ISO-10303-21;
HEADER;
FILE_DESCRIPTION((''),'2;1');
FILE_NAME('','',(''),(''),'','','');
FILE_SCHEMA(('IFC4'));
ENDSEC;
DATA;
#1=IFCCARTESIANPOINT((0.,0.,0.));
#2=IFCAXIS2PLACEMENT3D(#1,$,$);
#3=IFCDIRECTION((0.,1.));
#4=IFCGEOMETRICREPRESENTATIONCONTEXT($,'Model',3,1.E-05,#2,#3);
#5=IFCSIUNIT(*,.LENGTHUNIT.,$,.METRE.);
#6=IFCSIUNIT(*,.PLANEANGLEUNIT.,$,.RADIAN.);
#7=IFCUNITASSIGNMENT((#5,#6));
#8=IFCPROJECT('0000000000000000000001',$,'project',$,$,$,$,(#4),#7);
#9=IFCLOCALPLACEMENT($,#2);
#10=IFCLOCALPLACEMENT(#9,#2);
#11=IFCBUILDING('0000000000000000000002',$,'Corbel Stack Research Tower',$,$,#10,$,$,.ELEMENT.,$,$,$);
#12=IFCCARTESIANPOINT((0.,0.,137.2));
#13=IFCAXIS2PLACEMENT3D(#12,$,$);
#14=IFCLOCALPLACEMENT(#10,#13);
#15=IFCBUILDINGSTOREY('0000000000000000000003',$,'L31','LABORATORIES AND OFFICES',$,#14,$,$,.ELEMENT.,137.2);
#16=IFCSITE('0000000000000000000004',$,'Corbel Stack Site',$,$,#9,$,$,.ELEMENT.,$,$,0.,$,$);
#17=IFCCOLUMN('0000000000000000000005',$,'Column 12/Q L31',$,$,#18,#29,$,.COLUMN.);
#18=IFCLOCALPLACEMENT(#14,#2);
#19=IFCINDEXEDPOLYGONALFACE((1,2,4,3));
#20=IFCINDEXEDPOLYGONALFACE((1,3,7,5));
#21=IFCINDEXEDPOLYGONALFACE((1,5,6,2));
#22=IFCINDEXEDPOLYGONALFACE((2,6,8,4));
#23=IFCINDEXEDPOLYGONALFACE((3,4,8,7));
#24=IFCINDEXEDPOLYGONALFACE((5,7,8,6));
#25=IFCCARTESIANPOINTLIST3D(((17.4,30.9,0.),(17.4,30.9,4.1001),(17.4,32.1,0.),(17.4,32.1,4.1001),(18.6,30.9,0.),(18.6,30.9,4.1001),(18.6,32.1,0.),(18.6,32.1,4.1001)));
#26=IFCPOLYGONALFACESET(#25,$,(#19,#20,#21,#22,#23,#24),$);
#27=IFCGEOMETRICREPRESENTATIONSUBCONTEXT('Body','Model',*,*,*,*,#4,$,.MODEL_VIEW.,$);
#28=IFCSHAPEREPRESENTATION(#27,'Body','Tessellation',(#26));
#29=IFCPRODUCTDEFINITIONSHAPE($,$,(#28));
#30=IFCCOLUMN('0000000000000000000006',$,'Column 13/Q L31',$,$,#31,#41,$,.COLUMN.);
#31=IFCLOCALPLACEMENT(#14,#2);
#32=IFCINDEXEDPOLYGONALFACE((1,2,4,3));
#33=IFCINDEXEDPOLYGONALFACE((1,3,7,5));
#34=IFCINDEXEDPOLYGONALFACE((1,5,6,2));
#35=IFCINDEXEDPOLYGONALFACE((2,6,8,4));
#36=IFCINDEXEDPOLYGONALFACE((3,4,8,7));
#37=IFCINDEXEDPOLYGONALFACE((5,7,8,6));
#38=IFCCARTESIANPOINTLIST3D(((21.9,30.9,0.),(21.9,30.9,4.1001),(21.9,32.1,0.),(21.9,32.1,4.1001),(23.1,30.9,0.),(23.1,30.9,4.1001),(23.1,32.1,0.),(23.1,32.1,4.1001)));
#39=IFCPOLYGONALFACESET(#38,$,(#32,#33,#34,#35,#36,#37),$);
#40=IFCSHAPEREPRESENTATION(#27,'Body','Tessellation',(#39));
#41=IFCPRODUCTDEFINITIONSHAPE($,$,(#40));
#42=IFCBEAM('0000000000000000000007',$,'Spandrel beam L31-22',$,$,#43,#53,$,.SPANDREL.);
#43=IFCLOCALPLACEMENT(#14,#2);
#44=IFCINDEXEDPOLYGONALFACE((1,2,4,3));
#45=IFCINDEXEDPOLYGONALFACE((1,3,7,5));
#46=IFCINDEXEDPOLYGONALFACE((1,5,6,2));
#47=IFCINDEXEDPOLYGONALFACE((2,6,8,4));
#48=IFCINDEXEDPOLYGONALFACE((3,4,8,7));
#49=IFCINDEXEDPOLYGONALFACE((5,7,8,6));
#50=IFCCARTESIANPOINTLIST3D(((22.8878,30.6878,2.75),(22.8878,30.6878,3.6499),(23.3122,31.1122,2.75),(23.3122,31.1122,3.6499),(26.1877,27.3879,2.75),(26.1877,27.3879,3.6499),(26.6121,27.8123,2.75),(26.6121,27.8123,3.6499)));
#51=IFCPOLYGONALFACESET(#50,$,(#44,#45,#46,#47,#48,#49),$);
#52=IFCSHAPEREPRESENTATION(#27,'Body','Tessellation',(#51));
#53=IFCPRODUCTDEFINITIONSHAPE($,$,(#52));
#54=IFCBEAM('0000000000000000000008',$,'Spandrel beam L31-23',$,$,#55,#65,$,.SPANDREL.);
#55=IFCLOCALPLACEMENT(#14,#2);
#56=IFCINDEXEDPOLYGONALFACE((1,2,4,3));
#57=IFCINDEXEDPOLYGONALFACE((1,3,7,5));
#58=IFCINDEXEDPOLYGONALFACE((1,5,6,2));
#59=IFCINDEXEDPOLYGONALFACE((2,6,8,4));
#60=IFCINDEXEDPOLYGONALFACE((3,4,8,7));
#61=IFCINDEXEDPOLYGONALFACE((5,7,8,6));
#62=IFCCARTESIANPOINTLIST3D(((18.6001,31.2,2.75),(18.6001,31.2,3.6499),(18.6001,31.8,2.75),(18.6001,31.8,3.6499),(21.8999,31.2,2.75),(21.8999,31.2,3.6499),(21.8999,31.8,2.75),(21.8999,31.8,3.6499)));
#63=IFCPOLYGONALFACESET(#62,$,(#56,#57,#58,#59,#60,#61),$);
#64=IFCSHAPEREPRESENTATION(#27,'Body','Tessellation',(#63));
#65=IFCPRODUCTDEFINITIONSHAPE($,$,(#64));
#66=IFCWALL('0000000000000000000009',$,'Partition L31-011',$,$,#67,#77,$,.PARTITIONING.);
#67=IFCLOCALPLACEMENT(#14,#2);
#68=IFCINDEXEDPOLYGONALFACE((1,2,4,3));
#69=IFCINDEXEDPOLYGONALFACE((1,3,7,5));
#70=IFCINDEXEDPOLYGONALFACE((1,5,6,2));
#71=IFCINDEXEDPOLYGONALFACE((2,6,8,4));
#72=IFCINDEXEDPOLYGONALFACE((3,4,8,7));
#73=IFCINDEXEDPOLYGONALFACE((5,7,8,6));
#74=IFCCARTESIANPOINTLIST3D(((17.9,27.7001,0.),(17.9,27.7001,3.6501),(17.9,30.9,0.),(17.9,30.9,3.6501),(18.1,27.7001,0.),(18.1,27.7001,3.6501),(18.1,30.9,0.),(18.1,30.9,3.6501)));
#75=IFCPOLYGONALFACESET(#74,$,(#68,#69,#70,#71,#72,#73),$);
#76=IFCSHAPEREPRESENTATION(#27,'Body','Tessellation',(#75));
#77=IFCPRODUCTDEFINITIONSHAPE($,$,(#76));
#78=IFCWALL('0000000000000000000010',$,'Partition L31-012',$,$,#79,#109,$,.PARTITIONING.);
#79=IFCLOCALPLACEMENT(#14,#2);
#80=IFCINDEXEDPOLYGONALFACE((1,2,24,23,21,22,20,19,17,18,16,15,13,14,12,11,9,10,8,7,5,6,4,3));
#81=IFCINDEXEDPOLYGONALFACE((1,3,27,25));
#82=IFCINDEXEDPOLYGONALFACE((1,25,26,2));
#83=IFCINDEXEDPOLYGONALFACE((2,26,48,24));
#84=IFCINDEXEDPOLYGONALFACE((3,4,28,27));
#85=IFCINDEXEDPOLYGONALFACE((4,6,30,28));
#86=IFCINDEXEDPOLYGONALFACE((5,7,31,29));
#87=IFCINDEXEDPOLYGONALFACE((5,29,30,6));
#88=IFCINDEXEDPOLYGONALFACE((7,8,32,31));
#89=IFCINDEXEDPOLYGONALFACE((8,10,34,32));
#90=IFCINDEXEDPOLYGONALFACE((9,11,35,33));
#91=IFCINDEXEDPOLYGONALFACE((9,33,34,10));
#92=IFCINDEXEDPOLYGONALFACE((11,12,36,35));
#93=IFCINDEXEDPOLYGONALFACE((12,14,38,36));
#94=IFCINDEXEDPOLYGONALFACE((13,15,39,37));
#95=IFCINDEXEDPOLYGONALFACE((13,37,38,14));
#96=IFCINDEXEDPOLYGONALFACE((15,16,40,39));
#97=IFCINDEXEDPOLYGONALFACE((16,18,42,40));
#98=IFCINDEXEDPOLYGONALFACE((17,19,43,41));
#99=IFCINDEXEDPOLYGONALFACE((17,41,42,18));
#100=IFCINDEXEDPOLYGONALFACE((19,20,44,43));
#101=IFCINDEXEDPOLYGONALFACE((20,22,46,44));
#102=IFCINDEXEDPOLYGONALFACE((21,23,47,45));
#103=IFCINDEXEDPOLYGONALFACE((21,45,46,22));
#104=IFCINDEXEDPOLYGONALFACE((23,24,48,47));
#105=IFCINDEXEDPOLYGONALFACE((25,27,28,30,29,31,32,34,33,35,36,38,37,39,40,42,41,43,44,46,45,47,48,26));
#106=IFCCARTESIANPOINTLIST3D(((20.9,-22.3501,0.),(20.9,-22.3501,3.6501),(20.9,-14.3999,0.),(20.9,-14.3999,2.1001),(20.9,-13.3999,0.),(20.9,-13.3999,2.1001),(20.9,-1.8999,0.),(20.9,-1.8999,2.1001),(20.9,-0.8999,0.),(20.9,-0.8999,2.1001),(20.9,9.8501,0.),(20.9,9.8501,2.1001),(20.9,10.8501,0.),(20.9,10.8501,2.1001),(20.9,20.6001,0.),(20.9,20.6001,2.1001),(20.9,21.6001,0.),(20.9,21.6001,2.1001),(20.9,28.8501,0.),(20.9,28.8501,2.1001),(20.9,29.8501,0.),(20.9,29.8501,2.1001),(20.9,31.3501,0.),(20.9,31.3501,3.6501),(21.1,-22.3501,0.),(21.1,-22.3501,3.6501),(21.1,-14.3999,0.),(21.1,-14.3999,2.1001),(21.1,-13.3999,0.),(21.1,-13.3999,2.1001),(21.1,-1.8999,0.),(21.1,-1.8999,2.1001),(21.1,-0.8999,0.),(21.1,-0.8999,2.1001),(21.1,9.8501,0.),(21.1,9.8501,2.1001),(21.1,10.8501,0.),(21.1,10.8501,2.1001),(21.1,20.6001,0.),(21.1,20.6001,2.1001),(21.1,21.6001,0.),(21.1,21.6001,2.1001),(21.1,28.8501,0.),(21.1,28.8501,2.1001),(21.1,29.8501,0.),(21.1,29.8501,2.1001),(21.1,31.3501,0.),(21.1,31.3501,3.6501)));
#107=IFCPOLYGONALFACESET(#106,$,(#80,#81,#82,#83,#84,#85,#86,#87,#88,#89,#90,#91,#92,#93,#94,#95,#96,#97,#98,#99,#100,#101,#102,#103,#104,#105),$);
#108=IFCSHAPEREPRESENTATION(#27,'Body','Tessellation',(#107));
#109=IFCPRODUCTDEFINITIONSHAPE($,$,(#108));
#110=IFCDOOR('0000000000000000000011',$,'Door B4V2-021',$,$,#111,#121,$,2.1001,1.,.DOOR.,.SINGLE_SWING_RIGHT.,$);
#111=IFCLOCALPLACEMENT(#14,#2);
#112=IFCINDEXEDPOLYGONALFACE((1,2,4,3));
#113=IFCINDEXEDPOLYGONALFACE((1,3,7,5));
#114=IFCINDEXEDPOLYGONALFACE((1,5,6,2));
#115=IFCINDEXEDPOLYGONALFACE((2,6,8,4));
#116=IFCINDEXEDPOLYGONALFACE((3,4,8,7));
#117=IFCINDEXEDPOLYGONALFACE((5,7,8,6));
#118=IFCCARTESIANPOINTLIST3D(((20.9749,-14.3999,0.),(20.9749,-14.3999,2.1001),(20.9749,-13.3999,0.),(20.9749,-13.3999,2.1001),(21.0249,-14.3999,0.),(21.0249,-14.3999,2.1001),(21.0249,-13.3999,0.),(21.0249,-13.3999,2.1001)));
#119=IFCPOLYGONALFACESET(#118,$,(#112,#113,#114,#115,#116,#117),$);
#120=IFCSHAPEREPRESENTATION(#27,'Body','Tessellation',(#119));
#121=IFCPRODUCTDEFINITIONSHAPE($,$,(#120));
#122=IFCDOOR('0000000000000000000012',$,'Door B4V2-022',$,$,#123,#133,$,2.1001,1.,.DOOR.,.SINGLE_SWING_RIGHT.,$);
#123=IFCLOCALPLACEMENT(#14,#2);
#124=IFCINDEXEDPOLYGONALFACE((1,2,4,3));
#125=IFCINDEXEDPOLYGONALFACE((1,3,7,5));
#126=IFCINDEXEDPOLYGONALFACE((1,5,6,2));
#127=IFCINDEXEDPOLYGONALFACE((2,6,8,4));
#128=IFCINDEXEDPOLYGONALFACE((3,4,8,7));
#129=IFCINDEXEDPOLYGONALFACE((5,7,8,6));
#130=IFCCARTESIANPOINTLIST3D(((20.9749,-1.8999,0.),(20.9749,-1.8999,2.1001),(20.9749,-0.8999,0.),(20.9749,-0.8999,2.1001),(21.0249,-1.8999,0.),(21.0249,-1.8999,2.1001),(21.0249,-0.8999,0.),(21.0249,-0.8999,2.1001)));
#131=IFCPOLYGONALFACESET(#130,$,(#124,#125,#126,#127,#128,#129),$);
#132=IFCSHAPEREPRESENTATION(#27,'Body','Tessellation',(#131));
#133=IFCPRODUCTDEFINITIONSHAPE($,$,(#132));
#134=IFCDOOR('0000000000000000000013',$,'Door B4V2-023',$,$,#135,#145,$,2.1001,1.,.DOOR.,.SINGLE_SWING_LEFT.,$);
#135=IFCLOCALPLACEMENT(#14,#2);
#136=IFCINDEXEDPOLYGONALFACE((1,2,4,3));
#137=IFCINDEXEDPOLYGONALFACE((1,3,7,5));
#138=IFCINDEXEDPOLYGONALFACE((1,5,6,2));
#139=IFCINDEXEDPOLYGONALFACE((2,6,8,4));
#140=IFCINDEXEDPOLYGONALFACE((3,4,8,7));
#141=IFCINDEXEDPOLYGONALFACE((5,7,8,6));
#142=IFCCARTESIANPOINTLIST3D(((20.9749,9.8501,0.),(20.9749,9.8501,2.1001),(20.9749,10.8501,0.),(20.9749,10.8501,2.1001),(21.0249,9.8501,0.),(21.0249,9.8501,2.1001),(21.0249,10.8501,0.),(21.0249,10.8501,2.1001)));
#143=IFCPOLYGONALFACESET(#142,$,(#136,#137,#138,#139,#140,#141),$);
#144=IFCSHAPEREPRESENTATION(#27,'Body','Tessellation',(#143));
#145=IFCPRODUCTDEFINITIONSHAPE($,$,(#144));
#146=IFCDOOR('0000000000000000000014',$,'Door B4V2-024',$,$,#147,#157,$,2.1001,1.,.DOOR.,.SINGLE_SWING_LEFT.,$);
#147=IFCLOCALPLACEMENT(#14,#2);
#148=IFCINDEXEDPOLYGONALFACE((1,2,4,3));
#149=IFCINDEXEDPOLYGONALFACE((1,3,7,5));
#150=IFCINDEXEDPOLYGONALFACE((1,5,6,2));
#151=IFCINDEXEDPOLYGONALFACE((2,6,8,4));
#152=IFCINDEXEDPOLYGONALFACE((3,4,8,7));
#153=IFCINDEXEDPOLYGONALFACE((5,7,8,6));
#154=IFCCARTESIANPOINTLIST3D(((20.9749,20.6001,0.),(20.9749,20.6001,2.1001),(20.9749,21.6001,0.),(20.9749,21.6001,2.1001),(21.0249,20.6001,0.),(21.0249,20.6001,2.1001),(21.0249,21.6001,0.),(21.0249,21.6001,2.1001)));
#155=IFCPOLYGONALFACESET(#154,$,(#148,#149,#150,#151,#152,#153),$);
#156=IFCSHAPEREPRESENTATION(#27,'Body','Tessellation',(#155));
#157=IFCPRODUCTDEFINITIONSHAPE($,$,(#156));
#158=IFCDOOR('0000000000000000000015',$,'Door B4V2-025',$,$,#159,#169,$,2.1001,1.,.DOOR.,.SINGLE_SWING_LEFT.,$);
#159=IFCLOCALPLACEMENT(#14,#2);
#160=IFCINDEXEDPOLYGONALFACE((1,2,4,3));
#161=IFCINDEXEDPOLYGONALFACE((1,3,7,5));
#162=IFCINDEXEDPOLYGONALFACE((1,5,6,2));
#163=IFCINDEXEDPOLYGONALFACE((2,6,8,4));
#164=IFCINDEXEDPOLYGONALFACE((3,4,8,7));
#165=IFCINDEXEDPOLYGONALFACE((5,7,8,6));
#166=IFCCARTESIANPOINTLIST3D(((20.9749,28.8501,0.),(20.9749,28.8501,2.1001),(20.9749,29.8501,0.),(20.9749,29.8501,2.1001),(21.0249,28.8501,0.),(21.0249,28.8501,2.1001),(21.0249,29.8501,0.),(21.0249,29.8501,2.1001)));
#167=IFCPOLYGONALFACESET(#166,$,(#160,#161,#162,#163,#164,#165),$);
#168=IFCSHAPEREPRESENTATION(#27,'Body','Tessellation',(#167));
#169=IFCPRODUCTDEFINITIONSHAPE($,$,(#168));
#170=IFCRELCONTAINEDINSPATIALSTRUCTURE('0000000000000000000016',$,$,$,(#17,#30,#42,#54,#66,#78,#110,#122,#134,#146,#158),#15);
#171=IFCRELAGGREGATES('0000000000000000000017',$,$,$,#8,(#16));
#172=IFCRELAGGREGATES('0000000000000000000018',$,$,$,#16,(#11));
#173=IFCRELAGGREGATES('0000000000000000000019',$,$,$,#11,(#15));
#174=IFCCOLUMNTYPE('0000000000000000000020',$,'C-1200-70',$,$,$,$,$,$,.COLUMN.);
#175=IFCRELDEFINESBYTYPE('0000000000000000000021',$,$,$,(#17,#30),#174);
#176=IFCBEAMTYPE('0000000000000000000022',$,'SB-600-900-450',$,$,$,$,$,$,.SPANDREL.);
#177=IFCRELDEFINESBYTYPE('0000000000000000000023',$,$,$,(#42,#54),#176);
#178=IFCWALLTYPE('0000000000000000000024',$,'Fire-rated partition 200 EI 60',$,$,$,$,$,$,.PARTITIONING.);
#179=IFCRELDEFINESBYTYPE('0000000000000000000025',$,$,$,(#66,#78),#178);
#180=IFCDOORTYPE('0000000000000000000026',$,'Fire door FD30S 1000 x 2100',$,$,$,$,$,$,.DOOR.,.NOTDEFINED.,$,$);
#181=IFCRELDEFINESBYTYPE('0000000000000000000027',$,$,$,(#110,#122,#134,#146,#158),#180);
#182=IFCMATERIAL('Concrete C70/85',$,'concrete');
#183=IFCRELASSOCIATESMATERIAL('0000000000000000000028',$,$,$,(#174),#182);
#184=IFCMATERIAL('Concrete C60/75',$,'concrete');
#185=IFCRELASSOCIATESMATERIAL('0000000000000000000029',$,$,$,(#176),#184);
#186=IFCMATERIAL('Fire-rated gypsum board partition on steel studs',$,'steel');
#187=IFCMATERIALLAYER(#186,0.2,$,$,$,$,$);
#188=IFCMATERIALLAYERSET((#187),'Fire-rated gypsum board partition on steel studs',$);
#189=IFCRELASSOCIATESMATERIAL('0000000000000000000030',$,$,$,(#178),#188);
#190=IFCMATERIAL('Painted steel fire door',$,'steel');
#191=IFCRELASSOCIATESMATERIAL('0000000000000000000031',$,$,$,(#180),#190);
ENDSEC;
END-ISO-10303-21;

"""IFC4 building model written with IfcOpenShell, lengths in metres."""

from ifc_helpers import new_model, si_unit, direction, frame, frame_2d, origin, origin_2d, place, context, subcontext, project, spatial, rectangle, extrude, material, layer, layer_set, material_profile, profile_set, type_object, element, fill, save


model = new_model("IFC4")

# Units and contexts
model_context = context("Model", 3, precision=1e-05, world=origin(), true_north=direction((0.0, 1.0)))
body_context = subcontext(model_context, "Body", "Model", "MODEL_VIEW")
ifc_project = project(units=[si_unit("LENGTHUNIT", "METRE"), si_unit("PLANEANGLEUNIT", "RADIAN")], contexts=[model_context])

# Site, building, storey
site_placement = place(None, origin())
site = spatial("IfcSite", under=ifc_project, at=site_placement, Name="Corbel Stack Site", CompositionType="ELEMENT", RefElevation=0.0)
building_placement = place(site_placement, origin())
building = spatial("IfcBuilding", under=site, at=building_placement, Name="Corbel Stack Research Tower", CompositionType="ELEMENT")
storey_placement = place(building_placement, frame((0.0, 0.0, 137.2)))
storey = spatial("IfcBuildingStorey", under=building, at=storey_placement, Name="L31", Description="LABORATORIES AND OFFICES", CompositionType="ELEMENT", Elevation=137.2)

# Columns
ifc_material_1 = material(Name="Concrete C70/85", Category="concrete")
ifc_material_profile_1 = material_profile(ifc_material_1, rectangle(XDim=1.2, YDim=1.2, at=origin_2d()), Name="RC 1200 x 1200")
ifc_profile_set_1 = profile_set([ifc_material_profile_1], Name="Concrete C70/85")
column_type = type_object("IfcColumnType", Name="C-1200-70", PredefinedType="COLUMN", material=ifc_profile_set_1)
for number, where, z_axis, x_axis, name in (
    (1, (18.0, 31.5, 0.0), (0.0, 0.0, 1.0), (1.0, 0.0, 0.0), "Column 12/Q L31"),
    (2, (22.5, 31.5, 0.0), (0.0, 0.0, 1.0), (1.0, 0.0, 0.0), "Column 13/Q L31"),
):
    element("IfcColumn", number, at=place(storey_placement, frame(where, z_axis=z_axis, x_axis=x_axis)), inside=storey, type_object=column_type, Name=name, PredefinedType="COLUMN", context=body_context, shape_type="SweptSolid", body=[
        extrude(rectangle(XDim=1.2, YDim=1.2, at=origin_2d()), origin(), (0.0, 0.0, 1.0), 4.1001),
    ])

# Beams
ifc_material_2 = material(Name="Concrete C60/75", Category="concrete")
ifc_material_profile_2 = material_profile(ifc_material_2, rectangle(XDim=0.6001, YDim=0.8999, at=origin_2d()), Name="RC 600 x 900")
ifc_profile_set_2 = profile_set([ifc_material_profile_2], Name="Concrete C60/75")
beam_type = type_object("IfcBeamType", Name="SB-600-900-450", PredefinedType="SPANDREL", material=ifc_profile_set_2)
beam_1_placement = place(storey_placement, frame((26.3999, 27.6001, 3.2), z_axis=(-0.707107, 0.707107, 0.0), x_axis=(-0.707107, -0.707107, 0.0)))
element("IfcBeam", 3, at=beam_1_placement, inside=storey, type_object=beam_type, Name="Spandrel beam L31-22", PredefinedType="SPANDREL", context=body_context, shape_type="SweptSolid", body=[
    extrude(rectangle(XDim=0.6001, YDim=0.8999, at=origin_2d()), origin(), (0.0, 0.0, 1.0), 4.6667),
])
beam_2_placement = place(storey_placement, frame((21.8999, 31.5, 3.2), z_axis=(-1.0, 0.0, 0.0), x_axis=(0.0, -1.0, 0.0)))
element("IfcBeam", 4, at=beam_2_placement, inside=storey, type_object=beam_type, Name="Spandrel beam L31-23", PredefinedType="SPANDREL", context=body_context, shape_type="SweptSolid", body=[
    extrude(rectangle(XDim=0.6001, YDim=0.8999, at=origin_2d()), origin(), (0.0, 0.0, 1.0), 3.2998),
])

# Wall
ifc_material_3 = material(Name="Fire-rated gypsum board partition on steel studs", Category="steel")
ifc_layer_1 = layer(ifc_material_3, 0.2)
ifc_layer_set_1 = layer_set([ifc_layer_1], Name="Fire-rated gypsum board partition on steel studs")
wall_type_1 = type_object("IfcWallType", Name="Fire-rated partition 200 EI 60", PredefinedType="PARTITIONING", material=ifc_layer_set_1)
wall_1_placement = place(storey_placement, frame((18.0, 27.7, 0.0), z_axis=(0.0, 0.0, 1.0), x_axis=(0.0, 1.0, 0.0)))
element("IfcWall", 5, at=wall_1_placement, inside=storey, type_object=wall_type_1, Name="Partition L31-011", PredefinedType="PARTITIONING", context=body_context, shape_type="SweptSolid", body=[
    extrude(rectangle(XDim=3.2, YDim=0.2, at=frame_2d((1.6001, 0.0))), origin(), (0.0, 0.0, 1.0), 3.6501),
])

# Wall, openings, doors
wall_2_placement = place(storey_placement, frame((21.0, 31.3501, 0.0), z_axis=(0.0, 0.0, 1.0), x_axis=(0.0, -1.0, 0.0)))
wall_2 = element("IfcWall", 6, at=wall_2_placement, inside=storey, type_object=wall_type_1, Name="Partition L31-012", PredefinedType="PARTITIONING", context=body_context, shape_type="SweptSolid", body=[
    extrude(rectangle(XDim=53.7002, YDim=0.2, at=frame_2d((26.8501, 0.0))), origin(), (0.0, 0.0, 1.0), 3.6501),
])
opening_1_placement = place(wall_2_placement, frame((44.75, 0.0, 0.0)))
opening_1 = element("IfcOpeningElement", 7, at=opening_1_placement, cuts=wall_2, PredefinedType="OPENING", context=body_context, shape_type="SweptSolid", body=[
    extrude(rectangle(XDim=1.0, YDim=2.1001, at=frame_2d((0.5, 1.05))), frame((0.0, 0.1099, 0.0), z_axis=(0.0, -1.0, 0.0), x_axis=(1.0, 0.0, 0.0)), (0.0, 0.0, 1.0), 0.22),
])
opening_2_placement = place(wall_2_placement, frame((32.25, 0.0, 0.0)))
opening_2 = element("IfcOpeningElement", 8, at=opening_2_placement, cuts=wall_2, PredefinedType="OPENING", context=body_context, shape_type="SweptSolid", body=[
    extrude(rectangle(XDim=1.0, YDim=2.1001, at=frame_2d((0.5, 1.05))), frame((0.0, 0.1099, 0.0), z_axis=(0.0, -1.0, 0.0), x_axis=(1.0, 0.0, 0.0)), (0.0, 0.0, 1.0), 0.22),
])
opening_3_placement = place(wall_2_placement, frame((20.5, 0.0, 0.0)))
opening_3 = element("IfcOpeningElement", 9, at=opening_3_placement, cuts=wall_2, PredefinedType="OPENING", context=body_context, shape_type="SweptSolid", body=[
    extrude(rectangle(XDim=1.0, YDim=2.1001, at=frame_2d((0.5, 1.05))), frame((0.0, 0.1099, 0.0), z_axis=(0.0, -1.0, 0.0), x_axis=(1.0, 0.0, 0.0)), (0.0, 0.0, 1.0), 0.22),
])
opening_4_placement = place(wall_2_placement, frame((9.75, 0.0, 0.0)))
opening_4 = element("IfcOpeningElement", 10, at=opening_4_placement, cuts=wall_2, PredefinedType="OPENING", context=body_context, shape_type="SweptSolid", body=[
    extrude(rectangle(XDim=1.0, YDim=2.1001, at=frame_2d((0.5, 1.05))), frame((0.0, 0.1099, 0.0), z_axis=(0.0, -1.0, 0.0), x_axis=(1.0, 0.0, 0.0)), (0.0, 0.0, 1.0), 0.22),
])
opening_5_placement = place(wall_2_placement, frame((1.5, 0.0, 0.0)))
opening_5 = element("IfcOpeningElement", 11, at=opening_5_placement, cuts=wall_2, PredefinedType="OPENING", context=body_context, shape_type="SweptSolid", body=[
    extrude(rectangle(XDim=1.0, YDim=2.1001, at=frame_2d((0.5, 1.05))), frame((0.0, 0.1099, 0.0), z_axis=(0.0, -1.0, 0.0), x_axis=(1.0, 0.0, 0.0)), (0.0, 0.0, 1.0), 0.22),
])
ifc_material_4 = material(Name="Painted steel fire door", Category="steel")
door_type_1 = type_object("IfcDoorType", Name="Fire door FD30S 1000 x 2100", OperationType="NOTDEFINED", PredefinedType="DOOR", material=ifc_material_4)
door_1_placement = place(opening_1_placement, origin())
door_1 = element("IfcDoor", 12, at=door_1_placement, inside=storey, type_object=door_type_1, Name="Door B4V2-021", OperationType="SINGLE_SWING_RIGHT", OverallHeight=2.1001, OverallWidth=1.0, PredefinedType="DOOR", context=body_context, shape_type="SweptSolid", body=[
    extrude(rectangle(XDim=1.0, YDim=2.1001, at=frame_2d((0.5, 1.05))), frame((0.0, 0.0249, 0.0), z_axis=(0.0, -1.0, 0.0), x_axis=(1.0, 0.0, 0.0)), (0.0, 0.0, 1.0), 0.05),
])
fill(opening_1, door_1)
door_2_placement = place(opening_2_placement, origin())
door_2 = element("IfcDoor", 13, at=door_2_placement, inside=storey, type_object=door_type_1, Name="Door B4V2-022", OperationType="SINGLE_SWING_RIGHT", OverallHeight=2.1001, OverallWidth=1.0, PredefinedType="DOOR", context=body_context, shape_type="SweptSolid", body=[
    extrude(rectangle(XDim=1.0, YDim=2.1001, at=frame_2d((0.5, 1.05))), frame((0.0, 0.0249, 0.0), z_axis=(0.0, -1.0, 0.0), x_axis=(1.0, 0.0, 0.0)), (0.0, 0.0, 1.0), 0.05),
])
fill(opening_2, door_2)
door_3_placement = place(opening_3_placement, origin())
door_3 = element("IfcDoor", 14, at=door_3_placement, inside=storey, type_object=door_type_1, Name="Door B4V2-023", OperationType="SINGLE_SWING_LEFT", OverallHeight=2.1001, OverallWidth=1.0, PredefinedType="DOOR", context=body_context, shape_type="SweptSolid", body=[
    extrude(rectangle(XDim=1.0, YDim=2.1001, at=frame_2d((0.5, 1.05))), frame((0.0, 0.0249, 0.0), z_axis=(0.0, -1.0, 0.0), x_axis=(1.0, 0.0, 0.0)), (0.0, 0.0, 1.0), 0.05),
])
fill(opening_3, door_3)
door_4_placement = place(opening_4_placement, origin())
door_4 = element("IfcDoor", 15, at=door_4_placement, inside=storey, type_object=door_type_1, Name="Door B4V2-024", OperationType="SINGLE_SWING_LEFT", OverallHeight=2.1001, OverallWidth=1.0, PredefinedType="DOOR", context=body_context, shape_type="SweptSolid", body=[
    extrude(rectangle(XDim=1.0, YDim=2.1001, at=frame_2d((0.5, 1.05))), frame((0.0, 0.0249, 0.0), z_axis=(0.0, -1.0, 0.0), x_axis=(1.0, 0.0, 0.0)), (0.0, 0.0, 1.0), 0.05),
])
fill(opening_4, door_4)
door_5_placement = place(opening_5_placement, origin())
door_5 = element("IfcDoor", 16, at=door_5_placement, inside=storey, type_object=door_type_1, Name="Door B4V2-025", OperationType="SINGLE_SWING_LEFT", OverallHeight=2.1001, OverallWidth=1.0, PredefinedType="DOOR", context=body_context, shape_type="SweptSolid", body=[
    extrude(rectangle(XDim=1.0, YDim=2.1001, at=frame_2d((0.5, 1.05))), frame((0.0, 0.0249, 0.0), z_axis=(0.0, -1.0, 0.0), x_axis=(1.0, 0.0, 0.0)), (0.0, 0.0, 1.0), 0.05),
])
fill(opening_5, door_5)

save(model, "model.ifc")
